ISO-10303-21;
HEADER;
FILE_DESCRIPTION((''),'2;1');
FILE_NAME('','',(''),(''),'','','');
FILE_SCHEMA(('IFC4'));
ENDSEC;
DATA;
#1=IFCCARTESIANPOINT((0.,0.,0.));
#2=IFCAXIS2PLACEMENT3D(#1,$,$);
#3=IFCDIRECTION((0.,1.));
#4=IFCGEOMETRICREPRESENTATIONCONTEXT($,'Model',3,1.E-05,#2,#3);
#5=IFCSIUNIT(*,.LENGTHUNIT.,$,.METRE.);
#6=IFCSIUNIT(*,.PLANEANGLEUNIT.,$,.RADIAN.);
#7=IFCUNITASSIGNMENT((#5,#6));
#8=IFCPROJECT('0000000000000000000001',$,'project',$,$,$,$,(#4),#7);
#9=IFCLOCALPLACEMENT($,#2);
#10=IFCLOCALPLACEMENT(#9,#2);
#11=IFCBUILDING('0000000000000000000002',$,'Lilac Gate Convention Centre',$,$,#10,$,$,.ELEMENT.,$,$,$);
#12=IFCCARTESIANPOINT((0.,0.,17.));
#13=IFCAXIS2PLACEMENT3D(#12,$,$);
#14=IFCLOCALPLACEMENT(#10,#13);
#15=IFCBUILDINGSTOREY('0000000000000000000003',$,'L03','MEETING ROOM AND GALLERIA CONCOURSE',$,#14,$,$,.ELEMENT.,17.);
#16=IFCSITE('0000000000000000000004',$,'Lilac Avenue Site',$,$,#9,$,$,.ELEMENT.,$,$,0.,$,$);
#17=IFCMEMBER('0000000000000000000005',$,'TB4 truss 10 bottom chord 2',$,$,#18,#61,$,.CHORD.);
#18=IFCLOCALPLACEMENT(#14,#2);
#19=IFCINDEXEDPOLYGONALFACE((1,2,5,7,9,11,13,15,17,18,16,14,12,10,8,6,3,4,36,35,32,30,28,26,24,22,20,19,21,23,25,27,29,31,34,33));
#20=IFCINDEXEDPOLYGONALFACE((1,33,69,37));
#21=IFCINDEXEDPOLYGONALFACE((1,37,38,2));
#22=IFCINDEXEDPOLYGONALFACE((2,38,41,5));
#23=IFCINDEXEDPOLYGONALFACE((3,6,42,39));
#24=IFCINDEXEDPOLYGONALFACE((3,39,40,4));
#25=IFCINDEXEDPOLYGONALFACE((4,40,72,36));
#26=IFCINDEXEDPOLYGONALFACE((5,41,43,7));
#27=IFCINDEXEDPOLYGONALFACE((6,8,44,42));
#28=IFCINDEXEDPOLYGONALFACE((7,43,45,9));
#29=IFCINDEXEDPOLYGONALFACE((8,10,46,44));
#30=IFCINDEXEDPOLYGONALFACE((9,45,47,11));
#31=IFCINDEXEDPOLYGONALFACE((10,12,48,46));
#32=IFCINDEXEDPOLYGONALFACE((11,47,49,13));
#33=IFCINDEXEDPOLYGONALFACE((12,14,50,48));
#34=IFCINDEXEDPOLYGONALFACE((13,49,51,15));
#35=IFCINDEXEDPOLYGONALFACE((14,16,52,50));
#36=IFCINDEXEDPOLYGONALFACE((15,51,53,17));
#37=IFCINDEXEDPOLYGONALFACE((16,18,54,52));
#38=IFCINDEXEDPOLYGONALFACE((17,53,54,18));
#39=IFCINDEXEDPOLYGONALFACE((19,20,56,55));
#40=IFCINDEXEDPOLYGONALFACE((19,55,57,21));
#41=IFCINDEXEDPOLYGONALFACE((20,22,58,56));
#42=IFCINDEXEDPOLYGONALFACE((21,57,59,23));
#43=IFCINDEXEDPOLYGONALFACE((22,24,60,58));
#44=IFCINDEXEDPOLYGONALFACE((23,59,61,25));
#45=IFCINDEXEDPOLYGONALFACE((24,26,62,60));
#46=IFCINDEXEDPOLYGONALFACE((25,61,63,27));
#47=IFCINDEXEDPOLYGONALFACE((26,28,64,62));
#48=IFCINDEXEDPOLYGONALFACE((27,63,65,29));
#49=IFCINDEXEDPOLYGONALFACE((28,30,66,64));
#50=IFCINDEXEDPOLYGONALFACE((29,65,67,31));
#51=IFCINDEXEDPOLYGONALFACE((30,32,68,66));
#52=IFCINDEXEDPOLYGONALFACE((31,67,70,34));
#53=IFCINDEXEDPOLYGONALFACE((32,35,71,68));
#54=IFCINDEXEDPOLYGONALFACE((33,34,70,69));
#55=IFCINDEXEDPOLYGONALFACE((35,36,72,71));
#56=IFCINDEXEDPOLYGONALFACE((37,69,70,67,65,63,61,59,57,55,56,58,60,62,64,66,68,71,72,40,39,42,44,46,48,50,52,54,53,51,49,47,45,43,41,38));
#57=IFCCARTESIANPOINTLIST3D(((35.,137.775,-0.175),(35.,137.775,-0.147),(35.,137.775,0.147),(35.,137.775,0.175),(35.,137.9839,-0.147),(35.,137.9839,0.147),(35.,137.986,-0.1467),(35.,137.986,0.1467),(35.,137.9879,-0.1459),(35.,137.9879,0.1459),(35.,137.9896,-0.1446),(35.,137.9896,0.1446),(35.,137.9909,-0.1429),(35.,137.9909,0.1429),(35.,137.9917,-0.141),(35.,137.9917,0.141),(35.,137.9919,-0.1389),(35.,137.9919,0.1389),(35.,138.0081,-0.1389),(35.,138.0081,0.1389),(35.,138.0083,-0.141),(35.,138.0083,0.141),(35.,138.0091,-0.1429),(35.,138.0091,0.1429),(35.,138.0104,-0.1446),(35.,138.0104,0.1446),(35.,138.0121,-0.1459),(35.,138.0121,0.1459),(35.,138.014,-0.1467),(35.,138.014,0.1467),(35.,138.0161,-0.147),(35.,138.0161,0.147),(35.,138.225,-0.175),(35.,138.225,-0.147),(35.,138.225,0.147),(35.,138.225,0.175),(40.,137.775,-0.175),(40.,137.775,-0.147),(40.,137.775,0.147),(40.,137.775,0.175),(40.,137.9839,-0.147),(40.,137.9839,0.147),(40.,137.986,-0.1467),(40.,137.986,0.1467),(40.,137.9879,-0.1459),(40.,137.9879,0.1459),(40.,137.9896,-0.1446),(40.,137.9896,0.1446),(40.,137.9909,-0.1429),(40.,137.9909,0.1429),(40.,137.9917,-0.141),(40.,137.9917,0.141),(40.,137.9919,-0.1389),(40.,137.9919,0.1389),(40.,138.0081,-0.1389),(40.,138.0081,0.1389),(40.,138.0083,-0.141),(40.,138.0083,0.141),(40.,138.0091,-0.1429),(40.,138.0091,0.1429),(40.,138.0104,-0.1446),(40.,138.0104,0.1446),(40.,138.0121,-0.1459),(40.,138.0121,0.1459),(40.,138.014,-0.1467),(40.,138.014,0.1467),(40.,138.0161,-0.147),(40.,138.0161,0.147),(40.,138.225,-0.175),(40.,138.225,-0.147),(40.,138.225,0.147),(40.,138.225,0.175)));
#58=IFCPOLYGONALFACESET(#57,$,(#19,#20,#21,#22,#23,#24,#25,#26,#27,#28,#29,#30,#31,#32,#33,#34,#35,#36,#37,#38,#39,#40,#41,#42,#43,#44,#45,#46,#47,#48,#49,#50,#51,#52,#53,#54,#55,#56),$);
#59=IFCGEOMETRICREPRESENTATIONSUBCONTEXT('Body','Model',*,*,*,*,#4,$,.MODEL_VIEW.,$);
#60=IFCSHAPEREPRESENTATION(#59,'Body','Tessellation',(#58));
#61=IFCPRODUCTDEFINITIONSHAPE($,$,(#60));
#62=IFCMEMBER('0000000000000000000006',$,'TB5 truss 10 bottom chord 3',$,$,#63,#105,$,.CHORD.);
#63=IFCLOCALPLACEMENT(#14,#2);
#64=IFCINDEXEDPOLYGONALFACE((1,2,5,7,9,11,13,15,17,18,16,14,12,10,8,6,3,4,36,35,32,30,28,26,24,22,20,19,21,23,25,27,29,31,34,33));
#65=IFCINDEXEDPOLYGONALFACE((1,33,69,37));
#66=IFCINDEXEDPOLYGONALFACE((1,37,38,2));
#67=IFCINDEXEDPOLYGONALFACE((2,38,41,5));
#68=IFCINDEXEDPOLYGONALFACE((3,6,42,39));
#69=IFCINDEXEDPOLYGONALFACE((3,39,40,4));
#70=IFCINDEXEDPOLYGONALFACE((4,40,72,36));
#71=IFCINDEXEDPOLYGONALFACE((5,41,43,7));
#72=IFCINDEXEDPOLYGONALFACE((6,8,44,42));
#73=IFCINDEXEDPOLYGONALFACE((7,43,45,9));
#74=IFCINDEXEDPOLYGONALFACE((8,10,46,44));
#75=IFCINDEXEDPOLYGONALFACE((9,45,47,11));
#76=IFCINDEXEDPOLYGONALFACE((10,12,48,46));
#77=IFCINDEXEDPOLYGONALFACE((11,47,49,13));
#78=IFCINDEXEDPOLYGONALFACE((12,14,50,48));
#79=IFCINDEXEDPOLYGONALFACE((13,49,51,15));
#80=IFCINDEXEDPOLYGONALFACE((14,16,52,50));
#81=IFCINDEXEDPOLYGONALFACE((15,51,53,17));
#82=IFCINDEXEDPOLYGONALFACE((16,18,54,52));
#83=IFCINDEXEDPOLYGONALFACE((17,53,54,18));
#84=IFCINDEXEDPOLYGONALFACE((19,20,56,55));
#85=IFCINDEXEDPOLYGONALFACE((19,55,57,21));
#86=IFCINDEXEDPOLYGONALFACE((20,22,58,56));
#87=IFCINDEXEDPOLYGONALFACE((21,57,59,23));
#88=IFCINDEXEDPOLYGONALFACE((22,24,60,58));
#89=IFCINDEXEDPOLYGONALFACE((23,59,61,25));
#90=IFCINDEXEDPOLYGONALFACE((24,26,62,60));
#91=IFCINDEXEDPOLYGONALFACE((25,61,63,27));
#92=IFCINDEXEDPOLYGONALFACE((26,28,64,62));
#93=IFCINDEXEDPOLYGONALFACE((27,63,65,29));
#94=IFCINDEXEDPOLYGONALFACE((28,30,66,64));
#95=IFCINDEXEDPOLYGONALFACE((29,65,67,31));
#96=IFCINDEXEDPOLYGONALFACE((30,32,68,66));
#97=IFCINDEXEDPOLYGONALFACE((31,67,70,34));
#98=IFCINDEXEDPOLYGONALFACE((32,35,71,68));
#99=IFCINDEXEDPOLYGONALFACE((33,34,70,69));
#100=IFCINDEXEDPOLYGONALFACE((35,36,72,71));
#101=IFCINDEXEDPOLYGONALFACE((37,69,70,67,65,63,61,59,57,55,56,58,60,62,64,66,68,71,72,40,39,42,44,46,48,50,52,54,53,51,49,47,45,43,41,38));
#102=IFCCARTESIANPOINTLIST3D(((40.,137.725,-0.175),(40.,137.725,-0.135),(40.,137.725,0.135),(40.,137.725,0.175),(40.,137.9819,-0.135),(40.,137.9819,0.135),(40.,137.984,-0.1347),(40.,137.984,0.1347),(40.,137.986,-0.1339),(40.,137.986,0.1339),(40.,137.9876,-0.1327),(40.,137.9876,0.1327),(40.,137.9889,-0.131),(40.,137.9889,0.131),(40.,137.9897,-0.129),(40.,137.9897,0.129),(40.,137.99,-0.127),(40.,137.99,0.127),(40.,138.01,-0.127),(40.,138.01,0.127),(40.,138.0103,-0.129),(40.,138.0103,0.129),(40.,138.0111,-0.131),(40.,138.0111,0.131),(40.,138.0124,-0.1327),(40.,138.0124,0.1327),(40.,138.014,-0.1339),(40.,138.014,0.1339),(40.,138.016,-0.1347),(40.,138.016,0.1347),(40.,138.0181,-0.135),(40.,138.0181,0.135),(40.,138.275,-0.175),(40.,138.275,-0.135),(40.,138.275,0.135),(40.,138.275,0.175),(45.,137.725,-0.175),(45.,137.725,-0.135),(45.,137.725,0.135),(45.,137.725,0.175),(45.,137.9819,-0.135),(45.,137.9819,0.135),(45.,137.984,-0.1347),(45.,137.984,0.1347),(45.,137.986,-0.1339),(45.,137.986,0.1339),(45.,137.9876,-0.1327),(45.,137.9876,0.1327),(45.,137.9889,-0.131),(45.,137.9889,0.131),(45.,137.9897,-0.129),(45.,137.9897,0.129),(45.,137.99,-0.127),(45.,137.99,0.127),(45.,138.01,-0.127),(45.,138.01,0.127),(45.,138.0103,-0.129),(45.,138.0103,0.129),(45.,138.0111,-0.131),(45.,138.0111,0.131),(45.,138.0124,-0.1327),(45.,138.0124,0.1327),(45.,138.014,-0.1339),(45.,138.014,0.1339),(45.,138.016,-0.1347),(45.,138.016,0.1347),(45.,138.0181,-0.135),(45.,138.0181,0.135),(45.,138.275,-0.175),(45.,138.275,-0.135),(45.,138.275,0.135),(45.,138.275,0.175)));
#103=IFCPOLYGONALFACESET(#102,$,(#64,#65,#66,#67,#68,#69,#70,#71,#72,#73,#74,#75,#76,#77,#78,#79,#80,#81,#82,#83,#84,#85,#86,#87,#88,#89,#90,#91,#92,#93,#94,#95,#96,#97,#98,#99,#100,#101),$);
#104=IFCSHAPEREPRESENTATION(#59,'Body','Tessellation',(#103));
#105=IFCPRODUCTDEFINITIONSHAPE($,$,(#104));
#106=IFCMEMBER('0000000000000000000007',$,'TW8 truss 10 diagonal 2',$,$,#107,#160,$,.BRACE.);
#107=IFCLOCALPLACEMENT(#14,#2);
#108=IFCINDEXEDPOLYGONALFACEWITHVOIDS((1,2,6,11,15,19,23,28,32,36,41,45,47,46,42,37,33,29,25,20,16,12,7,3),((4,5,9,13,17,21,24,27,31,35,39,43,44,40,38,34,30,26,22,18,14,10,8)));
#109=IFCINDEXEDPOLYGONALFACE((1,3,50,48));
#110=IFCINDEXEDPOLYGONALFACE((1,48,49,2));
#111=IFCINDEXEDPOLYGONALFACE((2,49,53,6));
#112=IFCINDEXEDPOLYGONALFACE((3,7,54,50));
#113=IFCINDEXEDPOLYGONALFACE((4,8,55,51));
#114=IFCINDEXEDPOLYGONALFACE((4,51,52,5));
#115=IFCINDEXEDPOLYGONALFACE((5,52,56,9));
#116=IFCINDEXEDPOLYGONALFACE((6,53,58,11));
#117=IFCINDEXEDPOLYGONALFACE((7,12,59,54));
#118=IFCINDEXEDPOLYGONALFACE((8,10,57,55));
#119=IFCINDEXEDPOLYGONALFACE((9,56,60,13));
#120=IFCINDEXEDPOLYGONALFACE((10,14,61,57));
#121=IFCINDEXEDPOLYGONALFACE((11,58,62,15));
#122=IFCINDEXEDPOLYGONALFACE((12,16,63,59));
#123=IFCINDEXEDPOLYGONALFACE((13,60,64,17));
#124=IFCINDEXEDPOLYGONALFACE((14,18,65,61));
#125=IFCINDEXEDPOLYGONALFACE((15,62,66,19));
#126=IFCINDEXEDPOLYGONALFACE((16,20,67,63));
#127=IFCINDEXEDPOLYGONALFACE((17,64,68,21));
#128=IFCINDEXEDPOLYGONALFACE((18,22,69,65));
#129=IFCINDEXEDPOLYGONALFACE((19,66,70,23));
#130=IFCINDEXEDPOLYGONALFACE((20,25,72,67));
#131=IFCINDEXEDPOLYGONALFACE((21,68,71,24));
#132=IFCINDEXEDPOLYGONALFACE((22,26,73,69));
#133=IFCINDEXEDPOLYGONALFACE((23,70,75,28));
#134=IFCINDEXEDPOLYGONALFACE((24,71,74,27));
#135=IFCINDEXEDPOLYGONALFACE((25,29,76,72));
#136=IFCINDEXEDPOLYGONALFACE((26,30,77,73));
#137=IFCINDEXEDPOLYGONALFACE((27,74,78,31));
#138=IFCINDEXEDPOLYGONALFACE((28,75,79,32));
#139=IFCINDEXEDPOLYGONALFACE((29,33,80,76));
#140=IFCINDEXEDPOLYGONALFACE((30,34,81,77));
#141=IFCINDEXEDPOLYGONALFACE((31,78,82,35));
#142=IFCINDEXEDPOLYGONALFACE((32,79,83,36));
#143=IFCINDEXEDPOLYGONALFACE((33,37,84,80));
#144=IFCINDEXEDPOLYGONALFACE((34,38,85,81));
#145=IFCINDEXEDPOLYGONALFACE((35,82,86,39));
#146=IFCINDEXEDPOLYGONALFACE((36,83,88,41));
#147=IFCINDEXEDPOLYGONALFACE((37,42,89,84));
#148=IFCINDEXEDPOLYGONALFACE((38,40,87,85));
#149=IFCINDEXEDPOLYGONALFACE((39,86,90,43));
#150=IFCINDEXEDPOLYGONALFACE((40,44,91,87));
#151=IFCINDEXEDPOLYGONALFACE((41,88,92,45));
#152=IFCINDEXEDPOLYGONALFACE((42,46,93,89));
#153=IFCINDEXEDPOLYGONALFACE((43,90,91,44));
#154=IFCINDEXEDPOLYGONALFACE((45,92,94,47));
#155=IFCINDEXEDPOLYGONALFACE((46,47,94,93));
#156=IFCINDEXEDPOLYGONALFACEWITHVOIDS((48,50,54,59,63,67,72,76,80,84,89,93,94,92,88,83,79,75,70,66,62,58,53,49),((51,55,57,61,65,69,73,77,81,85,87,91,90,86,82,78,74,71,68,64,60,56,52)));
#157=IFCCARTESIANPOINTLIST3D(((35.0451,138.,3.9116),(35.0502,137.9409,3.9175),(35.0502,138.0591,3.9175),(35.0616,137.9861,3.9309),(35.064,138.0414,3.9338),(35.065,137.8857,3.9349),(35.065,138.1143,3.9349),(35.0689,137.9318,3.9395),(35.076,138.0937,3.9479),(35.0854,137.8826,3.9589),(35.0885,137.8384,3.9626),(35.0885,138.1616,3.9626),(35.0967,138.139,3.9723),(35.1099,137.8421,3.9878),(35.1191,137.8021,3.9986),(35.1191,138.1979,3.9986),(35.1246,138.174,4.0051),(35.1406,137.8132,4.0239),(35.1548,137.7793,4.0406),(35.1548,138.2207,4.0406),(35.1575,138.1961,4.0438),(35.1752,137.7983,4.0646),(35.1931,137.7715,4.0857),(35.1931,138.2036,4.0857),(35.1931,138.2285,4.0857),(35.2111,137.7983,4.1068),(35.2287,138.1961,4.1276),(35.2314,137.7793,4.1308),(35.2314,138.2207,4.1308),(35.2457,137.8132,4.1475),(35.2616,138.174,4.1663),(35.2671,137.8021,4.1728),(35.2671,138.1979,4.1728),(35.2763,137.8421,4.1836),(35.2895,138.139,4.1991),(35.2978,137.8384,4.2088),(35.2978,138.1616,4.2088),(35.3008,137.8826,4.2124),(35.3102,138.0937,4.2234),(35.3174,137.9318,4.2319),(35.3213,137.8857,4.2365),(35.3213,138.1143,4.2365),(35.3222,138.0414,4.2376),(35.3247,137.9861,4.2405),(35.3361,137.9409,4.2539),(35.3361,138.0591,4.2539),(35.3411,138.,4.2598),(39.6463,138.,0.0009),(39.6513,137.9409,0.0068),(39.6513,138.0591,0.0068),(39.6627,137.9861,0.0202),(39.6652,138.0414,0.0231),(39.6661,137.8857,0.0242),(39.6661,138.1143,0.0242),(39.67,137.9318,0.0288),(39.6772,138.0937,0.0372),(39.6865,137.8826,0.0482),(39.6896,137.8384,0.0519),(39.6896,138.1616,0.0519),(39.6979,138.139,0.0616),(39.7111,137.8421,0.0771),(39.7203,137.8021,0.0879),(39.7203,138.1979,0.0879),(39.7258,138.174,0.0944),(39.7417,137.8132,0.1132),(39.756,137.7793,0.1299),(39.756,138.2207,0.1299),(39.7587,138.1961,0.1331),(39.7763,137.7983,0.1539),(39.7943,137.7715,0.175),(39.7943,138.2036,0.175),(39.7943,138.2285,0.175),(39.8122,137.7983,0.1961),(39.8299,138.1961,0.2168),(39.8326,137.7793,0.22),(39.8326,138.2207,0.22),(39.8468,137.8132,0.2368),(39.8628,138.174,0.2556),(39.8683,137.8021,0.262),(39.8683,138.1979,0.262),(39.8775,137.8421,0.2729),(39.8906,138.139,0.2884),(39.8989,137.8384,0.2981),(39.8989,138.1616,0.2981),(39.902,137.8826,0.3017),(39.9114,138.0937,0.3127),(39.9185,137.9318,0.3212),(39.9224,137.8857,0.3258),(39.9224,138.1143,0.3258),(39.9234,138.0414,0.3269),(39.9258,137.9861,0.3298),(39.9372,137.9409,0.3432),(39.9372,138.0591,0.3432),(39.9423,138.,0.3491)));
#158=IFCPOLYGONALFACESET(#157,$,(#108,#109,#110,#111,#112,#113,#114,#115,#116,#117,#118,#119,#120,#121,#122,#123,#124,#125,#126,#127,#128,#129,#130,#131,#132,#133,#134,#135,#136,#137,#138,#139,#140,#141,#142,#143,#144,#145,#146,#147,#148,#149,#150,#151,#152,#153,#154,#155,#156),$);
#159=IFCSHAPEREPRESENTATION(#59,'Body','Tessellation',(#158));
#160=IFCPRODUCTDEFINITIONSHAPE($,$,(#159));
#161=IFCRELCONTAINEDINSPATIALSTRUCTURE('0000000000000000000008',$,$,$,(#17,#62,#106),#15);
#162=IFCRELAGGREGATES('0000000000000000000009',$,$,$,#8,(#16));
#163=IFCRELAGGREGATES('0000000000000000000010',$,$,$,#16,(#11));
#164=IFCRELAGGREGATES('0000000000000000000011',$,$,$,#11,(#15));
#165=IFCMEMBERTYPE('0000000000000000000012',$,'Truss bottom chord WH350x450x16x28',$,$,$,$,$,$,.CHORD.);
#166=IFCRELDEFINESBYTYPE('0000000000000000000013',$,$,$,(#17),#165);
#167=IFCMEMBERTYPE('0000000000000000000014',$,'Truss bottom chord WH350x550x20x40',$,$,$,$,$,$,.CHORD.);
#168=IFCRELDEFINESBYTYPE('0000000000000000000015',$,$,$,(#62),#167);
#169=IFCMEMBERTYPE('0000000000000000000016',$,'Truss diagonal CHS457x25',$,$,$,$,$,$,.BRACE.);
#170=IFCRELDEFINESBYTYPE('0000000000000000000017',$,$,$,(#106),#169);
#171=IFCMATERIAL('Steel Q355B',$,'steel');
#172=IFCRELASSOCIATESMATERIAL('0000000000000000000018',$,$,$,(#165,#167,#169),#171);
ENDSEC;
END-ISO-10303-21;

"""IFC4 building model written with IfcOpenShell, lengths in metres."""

from ifc_helpers import new_model, si_unit, direction, frame, origin, origin_2d, place, context, subcontext, project, spatial, hollow_circle, i_section, extrude, material, material_profile, profile_set, type_object, element, save


model = new_model("IFC4")

# Units and contexts
model_context = context("Model", 3, precision=1e-05, world=origin(), true_north=direction((0.0, 1.0)))
body_context = subcontext(model_context, "Body", "Model", "MODEL_VIEW")
ifc_project = project(units=[si_unit("LENGTHUNIT", "METRE"), si_unit("PLANEANGLEUNIT", "RADIAN")], contexts=[model_context])

# Site, building, storey
site_placement = place(None, origin())
site = spatial("IfcSite", under=ifc_project, at=site_placement, Name="Lilac Avenue Site", CompositionType="ELEMENT", RefElevation=0.0)
building_placement = place(site_placement, origin())
building = spatial("IfcBuilding", under=site, at=building_placement, Name="Lilac Gate Convention Centre", CompositionType="ELEMENT")
storey_placement = place(building_placement, frame((0.0, 0.0, 17.0)))
storey = spatial("IfcBuildingStorey", under=building, at=storey_placement, Name="L03", Description="MEETING ROOM AND GALLERIA CONCOURSE", CompositionType="ELEMENT", Elevation=17.0)

# Members
ifc_material = material(Name="Steel Q355B", Category="steel")
ifc_material_profile_1 = material_profile(ifc_material, i_section(OverallWidth=0.45, OverallDepth=0.3501, WebThickness=0.0161, FlangeThickness=0.0281, FilletRadius=0.0081, at=origin_2d()), Name="WH350x450x16x28")
ifc_profile_set_1 = profile_set([ifc_material_profile_1], Name="Steel Q355B")
member_type_1 = type_object("IfcMemberType", Name="Truss bottom chord WH350x450x16x28", PredefinedType="CHORD", material=ifc_profile_set_1)
member_1_placement = place(storey_placement, frame((35.0, 138.0, 0.0), z_axis=(1.0, 0.0, 0.0), x_axis=(0.0, 1.0, 0.0)))
element("IfcMember", 1, at=member_1_placement, inside=storey, type_object=member_type_1, Name="TB4 truss 10 bottom chord 2", PredefinedType="CHORD", context=body_context, shape_type="SweptSolid", body=[
    extrude(i_section(OverallWidth=0.45, OverallDepth=0.3501, WebThickness=0.0161, FlangeThickness=0.0281, FilletRadius=0.0081, at=origin_2d()), origin(), (0.0, 0.0, 1.0), 5.0),
])
ifc_material_profile_2 = material_profile(ifc_material, i_section(OverallWidth=0.55, OverallDepth=0.3501, WebThickness=0.02, FlangeThickness=0.04, FilletRadius=0.0081, at=origin_2d()), Name="WH350x550x20x40")
ifc_profile_set_2 = profile_set([ifc_material_profile_2], Name="Steel Q355B")
member_type_2 = type_object("IfcMemberType", Name="Truss bottom chord WH350x550x20x40", PredefinedType="CHORD", material=ifc_profile_set_2)
member_2_placement = place(storey_placement, frame((40.0, 138.0, 0.0), z_axis=(1.0, 0.0, 0.0), x_axis=(0.0, 1.0, 0.0)))
element("IfcMember", 2, at=member_2_placement, inside=storey, type_object=member_type_2, Name="TB5 truss 10 bottom chord 3", PredefinedType="CHORD", context=body_context, shape_type="SweptSolid", body=[
    extrude(i_section(OverallWidth=0.55, OverallDepth=0.3501, WebThickness=0.02, FlangeThickness=0.04, FilletRadius=0.0081, at=origin_2d()), origin(), (0.0, 0.0, 1.0), 5.0),
])
ifc_material_profile_3 = material_profile(ifc_material, hollow_circle(Radius=0.2285, WallThickness=0.0249, at=origin_2d()), Name="CHS457x25")
ifc_profile_set_3 = profile_set([ifc_material_profile_3], Name="Steel Q355B")
member_type_3 = type_object("IfcMemberType", Name="Truss diagonal CHS457x25", PredefinedType="BRACE", material=ifc_profile_set_3)
member_3_placement = place(storey_placement, frame((35.1931, 138.0, 4.0857), z_axis=(0.761961, 0.0, -0.647623), x_axis=(0.0, 1.0, 0.0)))
element("IfcMember", 3, at=member_3_placement, inside=storey, type_object=member_type_3, Name="TW8 truss 10 diagonal 2", PredefinedType="BRACE", context=body_context, shape_type="SweptSolid", body=[
    extrude(hollow_circle(Radius=0.2285, WallThickness=0.0249, at=origin_2d()), origin(), (0.0, 0.0, 1.0), 6.0386),
])

save(model, "model.ifc")
